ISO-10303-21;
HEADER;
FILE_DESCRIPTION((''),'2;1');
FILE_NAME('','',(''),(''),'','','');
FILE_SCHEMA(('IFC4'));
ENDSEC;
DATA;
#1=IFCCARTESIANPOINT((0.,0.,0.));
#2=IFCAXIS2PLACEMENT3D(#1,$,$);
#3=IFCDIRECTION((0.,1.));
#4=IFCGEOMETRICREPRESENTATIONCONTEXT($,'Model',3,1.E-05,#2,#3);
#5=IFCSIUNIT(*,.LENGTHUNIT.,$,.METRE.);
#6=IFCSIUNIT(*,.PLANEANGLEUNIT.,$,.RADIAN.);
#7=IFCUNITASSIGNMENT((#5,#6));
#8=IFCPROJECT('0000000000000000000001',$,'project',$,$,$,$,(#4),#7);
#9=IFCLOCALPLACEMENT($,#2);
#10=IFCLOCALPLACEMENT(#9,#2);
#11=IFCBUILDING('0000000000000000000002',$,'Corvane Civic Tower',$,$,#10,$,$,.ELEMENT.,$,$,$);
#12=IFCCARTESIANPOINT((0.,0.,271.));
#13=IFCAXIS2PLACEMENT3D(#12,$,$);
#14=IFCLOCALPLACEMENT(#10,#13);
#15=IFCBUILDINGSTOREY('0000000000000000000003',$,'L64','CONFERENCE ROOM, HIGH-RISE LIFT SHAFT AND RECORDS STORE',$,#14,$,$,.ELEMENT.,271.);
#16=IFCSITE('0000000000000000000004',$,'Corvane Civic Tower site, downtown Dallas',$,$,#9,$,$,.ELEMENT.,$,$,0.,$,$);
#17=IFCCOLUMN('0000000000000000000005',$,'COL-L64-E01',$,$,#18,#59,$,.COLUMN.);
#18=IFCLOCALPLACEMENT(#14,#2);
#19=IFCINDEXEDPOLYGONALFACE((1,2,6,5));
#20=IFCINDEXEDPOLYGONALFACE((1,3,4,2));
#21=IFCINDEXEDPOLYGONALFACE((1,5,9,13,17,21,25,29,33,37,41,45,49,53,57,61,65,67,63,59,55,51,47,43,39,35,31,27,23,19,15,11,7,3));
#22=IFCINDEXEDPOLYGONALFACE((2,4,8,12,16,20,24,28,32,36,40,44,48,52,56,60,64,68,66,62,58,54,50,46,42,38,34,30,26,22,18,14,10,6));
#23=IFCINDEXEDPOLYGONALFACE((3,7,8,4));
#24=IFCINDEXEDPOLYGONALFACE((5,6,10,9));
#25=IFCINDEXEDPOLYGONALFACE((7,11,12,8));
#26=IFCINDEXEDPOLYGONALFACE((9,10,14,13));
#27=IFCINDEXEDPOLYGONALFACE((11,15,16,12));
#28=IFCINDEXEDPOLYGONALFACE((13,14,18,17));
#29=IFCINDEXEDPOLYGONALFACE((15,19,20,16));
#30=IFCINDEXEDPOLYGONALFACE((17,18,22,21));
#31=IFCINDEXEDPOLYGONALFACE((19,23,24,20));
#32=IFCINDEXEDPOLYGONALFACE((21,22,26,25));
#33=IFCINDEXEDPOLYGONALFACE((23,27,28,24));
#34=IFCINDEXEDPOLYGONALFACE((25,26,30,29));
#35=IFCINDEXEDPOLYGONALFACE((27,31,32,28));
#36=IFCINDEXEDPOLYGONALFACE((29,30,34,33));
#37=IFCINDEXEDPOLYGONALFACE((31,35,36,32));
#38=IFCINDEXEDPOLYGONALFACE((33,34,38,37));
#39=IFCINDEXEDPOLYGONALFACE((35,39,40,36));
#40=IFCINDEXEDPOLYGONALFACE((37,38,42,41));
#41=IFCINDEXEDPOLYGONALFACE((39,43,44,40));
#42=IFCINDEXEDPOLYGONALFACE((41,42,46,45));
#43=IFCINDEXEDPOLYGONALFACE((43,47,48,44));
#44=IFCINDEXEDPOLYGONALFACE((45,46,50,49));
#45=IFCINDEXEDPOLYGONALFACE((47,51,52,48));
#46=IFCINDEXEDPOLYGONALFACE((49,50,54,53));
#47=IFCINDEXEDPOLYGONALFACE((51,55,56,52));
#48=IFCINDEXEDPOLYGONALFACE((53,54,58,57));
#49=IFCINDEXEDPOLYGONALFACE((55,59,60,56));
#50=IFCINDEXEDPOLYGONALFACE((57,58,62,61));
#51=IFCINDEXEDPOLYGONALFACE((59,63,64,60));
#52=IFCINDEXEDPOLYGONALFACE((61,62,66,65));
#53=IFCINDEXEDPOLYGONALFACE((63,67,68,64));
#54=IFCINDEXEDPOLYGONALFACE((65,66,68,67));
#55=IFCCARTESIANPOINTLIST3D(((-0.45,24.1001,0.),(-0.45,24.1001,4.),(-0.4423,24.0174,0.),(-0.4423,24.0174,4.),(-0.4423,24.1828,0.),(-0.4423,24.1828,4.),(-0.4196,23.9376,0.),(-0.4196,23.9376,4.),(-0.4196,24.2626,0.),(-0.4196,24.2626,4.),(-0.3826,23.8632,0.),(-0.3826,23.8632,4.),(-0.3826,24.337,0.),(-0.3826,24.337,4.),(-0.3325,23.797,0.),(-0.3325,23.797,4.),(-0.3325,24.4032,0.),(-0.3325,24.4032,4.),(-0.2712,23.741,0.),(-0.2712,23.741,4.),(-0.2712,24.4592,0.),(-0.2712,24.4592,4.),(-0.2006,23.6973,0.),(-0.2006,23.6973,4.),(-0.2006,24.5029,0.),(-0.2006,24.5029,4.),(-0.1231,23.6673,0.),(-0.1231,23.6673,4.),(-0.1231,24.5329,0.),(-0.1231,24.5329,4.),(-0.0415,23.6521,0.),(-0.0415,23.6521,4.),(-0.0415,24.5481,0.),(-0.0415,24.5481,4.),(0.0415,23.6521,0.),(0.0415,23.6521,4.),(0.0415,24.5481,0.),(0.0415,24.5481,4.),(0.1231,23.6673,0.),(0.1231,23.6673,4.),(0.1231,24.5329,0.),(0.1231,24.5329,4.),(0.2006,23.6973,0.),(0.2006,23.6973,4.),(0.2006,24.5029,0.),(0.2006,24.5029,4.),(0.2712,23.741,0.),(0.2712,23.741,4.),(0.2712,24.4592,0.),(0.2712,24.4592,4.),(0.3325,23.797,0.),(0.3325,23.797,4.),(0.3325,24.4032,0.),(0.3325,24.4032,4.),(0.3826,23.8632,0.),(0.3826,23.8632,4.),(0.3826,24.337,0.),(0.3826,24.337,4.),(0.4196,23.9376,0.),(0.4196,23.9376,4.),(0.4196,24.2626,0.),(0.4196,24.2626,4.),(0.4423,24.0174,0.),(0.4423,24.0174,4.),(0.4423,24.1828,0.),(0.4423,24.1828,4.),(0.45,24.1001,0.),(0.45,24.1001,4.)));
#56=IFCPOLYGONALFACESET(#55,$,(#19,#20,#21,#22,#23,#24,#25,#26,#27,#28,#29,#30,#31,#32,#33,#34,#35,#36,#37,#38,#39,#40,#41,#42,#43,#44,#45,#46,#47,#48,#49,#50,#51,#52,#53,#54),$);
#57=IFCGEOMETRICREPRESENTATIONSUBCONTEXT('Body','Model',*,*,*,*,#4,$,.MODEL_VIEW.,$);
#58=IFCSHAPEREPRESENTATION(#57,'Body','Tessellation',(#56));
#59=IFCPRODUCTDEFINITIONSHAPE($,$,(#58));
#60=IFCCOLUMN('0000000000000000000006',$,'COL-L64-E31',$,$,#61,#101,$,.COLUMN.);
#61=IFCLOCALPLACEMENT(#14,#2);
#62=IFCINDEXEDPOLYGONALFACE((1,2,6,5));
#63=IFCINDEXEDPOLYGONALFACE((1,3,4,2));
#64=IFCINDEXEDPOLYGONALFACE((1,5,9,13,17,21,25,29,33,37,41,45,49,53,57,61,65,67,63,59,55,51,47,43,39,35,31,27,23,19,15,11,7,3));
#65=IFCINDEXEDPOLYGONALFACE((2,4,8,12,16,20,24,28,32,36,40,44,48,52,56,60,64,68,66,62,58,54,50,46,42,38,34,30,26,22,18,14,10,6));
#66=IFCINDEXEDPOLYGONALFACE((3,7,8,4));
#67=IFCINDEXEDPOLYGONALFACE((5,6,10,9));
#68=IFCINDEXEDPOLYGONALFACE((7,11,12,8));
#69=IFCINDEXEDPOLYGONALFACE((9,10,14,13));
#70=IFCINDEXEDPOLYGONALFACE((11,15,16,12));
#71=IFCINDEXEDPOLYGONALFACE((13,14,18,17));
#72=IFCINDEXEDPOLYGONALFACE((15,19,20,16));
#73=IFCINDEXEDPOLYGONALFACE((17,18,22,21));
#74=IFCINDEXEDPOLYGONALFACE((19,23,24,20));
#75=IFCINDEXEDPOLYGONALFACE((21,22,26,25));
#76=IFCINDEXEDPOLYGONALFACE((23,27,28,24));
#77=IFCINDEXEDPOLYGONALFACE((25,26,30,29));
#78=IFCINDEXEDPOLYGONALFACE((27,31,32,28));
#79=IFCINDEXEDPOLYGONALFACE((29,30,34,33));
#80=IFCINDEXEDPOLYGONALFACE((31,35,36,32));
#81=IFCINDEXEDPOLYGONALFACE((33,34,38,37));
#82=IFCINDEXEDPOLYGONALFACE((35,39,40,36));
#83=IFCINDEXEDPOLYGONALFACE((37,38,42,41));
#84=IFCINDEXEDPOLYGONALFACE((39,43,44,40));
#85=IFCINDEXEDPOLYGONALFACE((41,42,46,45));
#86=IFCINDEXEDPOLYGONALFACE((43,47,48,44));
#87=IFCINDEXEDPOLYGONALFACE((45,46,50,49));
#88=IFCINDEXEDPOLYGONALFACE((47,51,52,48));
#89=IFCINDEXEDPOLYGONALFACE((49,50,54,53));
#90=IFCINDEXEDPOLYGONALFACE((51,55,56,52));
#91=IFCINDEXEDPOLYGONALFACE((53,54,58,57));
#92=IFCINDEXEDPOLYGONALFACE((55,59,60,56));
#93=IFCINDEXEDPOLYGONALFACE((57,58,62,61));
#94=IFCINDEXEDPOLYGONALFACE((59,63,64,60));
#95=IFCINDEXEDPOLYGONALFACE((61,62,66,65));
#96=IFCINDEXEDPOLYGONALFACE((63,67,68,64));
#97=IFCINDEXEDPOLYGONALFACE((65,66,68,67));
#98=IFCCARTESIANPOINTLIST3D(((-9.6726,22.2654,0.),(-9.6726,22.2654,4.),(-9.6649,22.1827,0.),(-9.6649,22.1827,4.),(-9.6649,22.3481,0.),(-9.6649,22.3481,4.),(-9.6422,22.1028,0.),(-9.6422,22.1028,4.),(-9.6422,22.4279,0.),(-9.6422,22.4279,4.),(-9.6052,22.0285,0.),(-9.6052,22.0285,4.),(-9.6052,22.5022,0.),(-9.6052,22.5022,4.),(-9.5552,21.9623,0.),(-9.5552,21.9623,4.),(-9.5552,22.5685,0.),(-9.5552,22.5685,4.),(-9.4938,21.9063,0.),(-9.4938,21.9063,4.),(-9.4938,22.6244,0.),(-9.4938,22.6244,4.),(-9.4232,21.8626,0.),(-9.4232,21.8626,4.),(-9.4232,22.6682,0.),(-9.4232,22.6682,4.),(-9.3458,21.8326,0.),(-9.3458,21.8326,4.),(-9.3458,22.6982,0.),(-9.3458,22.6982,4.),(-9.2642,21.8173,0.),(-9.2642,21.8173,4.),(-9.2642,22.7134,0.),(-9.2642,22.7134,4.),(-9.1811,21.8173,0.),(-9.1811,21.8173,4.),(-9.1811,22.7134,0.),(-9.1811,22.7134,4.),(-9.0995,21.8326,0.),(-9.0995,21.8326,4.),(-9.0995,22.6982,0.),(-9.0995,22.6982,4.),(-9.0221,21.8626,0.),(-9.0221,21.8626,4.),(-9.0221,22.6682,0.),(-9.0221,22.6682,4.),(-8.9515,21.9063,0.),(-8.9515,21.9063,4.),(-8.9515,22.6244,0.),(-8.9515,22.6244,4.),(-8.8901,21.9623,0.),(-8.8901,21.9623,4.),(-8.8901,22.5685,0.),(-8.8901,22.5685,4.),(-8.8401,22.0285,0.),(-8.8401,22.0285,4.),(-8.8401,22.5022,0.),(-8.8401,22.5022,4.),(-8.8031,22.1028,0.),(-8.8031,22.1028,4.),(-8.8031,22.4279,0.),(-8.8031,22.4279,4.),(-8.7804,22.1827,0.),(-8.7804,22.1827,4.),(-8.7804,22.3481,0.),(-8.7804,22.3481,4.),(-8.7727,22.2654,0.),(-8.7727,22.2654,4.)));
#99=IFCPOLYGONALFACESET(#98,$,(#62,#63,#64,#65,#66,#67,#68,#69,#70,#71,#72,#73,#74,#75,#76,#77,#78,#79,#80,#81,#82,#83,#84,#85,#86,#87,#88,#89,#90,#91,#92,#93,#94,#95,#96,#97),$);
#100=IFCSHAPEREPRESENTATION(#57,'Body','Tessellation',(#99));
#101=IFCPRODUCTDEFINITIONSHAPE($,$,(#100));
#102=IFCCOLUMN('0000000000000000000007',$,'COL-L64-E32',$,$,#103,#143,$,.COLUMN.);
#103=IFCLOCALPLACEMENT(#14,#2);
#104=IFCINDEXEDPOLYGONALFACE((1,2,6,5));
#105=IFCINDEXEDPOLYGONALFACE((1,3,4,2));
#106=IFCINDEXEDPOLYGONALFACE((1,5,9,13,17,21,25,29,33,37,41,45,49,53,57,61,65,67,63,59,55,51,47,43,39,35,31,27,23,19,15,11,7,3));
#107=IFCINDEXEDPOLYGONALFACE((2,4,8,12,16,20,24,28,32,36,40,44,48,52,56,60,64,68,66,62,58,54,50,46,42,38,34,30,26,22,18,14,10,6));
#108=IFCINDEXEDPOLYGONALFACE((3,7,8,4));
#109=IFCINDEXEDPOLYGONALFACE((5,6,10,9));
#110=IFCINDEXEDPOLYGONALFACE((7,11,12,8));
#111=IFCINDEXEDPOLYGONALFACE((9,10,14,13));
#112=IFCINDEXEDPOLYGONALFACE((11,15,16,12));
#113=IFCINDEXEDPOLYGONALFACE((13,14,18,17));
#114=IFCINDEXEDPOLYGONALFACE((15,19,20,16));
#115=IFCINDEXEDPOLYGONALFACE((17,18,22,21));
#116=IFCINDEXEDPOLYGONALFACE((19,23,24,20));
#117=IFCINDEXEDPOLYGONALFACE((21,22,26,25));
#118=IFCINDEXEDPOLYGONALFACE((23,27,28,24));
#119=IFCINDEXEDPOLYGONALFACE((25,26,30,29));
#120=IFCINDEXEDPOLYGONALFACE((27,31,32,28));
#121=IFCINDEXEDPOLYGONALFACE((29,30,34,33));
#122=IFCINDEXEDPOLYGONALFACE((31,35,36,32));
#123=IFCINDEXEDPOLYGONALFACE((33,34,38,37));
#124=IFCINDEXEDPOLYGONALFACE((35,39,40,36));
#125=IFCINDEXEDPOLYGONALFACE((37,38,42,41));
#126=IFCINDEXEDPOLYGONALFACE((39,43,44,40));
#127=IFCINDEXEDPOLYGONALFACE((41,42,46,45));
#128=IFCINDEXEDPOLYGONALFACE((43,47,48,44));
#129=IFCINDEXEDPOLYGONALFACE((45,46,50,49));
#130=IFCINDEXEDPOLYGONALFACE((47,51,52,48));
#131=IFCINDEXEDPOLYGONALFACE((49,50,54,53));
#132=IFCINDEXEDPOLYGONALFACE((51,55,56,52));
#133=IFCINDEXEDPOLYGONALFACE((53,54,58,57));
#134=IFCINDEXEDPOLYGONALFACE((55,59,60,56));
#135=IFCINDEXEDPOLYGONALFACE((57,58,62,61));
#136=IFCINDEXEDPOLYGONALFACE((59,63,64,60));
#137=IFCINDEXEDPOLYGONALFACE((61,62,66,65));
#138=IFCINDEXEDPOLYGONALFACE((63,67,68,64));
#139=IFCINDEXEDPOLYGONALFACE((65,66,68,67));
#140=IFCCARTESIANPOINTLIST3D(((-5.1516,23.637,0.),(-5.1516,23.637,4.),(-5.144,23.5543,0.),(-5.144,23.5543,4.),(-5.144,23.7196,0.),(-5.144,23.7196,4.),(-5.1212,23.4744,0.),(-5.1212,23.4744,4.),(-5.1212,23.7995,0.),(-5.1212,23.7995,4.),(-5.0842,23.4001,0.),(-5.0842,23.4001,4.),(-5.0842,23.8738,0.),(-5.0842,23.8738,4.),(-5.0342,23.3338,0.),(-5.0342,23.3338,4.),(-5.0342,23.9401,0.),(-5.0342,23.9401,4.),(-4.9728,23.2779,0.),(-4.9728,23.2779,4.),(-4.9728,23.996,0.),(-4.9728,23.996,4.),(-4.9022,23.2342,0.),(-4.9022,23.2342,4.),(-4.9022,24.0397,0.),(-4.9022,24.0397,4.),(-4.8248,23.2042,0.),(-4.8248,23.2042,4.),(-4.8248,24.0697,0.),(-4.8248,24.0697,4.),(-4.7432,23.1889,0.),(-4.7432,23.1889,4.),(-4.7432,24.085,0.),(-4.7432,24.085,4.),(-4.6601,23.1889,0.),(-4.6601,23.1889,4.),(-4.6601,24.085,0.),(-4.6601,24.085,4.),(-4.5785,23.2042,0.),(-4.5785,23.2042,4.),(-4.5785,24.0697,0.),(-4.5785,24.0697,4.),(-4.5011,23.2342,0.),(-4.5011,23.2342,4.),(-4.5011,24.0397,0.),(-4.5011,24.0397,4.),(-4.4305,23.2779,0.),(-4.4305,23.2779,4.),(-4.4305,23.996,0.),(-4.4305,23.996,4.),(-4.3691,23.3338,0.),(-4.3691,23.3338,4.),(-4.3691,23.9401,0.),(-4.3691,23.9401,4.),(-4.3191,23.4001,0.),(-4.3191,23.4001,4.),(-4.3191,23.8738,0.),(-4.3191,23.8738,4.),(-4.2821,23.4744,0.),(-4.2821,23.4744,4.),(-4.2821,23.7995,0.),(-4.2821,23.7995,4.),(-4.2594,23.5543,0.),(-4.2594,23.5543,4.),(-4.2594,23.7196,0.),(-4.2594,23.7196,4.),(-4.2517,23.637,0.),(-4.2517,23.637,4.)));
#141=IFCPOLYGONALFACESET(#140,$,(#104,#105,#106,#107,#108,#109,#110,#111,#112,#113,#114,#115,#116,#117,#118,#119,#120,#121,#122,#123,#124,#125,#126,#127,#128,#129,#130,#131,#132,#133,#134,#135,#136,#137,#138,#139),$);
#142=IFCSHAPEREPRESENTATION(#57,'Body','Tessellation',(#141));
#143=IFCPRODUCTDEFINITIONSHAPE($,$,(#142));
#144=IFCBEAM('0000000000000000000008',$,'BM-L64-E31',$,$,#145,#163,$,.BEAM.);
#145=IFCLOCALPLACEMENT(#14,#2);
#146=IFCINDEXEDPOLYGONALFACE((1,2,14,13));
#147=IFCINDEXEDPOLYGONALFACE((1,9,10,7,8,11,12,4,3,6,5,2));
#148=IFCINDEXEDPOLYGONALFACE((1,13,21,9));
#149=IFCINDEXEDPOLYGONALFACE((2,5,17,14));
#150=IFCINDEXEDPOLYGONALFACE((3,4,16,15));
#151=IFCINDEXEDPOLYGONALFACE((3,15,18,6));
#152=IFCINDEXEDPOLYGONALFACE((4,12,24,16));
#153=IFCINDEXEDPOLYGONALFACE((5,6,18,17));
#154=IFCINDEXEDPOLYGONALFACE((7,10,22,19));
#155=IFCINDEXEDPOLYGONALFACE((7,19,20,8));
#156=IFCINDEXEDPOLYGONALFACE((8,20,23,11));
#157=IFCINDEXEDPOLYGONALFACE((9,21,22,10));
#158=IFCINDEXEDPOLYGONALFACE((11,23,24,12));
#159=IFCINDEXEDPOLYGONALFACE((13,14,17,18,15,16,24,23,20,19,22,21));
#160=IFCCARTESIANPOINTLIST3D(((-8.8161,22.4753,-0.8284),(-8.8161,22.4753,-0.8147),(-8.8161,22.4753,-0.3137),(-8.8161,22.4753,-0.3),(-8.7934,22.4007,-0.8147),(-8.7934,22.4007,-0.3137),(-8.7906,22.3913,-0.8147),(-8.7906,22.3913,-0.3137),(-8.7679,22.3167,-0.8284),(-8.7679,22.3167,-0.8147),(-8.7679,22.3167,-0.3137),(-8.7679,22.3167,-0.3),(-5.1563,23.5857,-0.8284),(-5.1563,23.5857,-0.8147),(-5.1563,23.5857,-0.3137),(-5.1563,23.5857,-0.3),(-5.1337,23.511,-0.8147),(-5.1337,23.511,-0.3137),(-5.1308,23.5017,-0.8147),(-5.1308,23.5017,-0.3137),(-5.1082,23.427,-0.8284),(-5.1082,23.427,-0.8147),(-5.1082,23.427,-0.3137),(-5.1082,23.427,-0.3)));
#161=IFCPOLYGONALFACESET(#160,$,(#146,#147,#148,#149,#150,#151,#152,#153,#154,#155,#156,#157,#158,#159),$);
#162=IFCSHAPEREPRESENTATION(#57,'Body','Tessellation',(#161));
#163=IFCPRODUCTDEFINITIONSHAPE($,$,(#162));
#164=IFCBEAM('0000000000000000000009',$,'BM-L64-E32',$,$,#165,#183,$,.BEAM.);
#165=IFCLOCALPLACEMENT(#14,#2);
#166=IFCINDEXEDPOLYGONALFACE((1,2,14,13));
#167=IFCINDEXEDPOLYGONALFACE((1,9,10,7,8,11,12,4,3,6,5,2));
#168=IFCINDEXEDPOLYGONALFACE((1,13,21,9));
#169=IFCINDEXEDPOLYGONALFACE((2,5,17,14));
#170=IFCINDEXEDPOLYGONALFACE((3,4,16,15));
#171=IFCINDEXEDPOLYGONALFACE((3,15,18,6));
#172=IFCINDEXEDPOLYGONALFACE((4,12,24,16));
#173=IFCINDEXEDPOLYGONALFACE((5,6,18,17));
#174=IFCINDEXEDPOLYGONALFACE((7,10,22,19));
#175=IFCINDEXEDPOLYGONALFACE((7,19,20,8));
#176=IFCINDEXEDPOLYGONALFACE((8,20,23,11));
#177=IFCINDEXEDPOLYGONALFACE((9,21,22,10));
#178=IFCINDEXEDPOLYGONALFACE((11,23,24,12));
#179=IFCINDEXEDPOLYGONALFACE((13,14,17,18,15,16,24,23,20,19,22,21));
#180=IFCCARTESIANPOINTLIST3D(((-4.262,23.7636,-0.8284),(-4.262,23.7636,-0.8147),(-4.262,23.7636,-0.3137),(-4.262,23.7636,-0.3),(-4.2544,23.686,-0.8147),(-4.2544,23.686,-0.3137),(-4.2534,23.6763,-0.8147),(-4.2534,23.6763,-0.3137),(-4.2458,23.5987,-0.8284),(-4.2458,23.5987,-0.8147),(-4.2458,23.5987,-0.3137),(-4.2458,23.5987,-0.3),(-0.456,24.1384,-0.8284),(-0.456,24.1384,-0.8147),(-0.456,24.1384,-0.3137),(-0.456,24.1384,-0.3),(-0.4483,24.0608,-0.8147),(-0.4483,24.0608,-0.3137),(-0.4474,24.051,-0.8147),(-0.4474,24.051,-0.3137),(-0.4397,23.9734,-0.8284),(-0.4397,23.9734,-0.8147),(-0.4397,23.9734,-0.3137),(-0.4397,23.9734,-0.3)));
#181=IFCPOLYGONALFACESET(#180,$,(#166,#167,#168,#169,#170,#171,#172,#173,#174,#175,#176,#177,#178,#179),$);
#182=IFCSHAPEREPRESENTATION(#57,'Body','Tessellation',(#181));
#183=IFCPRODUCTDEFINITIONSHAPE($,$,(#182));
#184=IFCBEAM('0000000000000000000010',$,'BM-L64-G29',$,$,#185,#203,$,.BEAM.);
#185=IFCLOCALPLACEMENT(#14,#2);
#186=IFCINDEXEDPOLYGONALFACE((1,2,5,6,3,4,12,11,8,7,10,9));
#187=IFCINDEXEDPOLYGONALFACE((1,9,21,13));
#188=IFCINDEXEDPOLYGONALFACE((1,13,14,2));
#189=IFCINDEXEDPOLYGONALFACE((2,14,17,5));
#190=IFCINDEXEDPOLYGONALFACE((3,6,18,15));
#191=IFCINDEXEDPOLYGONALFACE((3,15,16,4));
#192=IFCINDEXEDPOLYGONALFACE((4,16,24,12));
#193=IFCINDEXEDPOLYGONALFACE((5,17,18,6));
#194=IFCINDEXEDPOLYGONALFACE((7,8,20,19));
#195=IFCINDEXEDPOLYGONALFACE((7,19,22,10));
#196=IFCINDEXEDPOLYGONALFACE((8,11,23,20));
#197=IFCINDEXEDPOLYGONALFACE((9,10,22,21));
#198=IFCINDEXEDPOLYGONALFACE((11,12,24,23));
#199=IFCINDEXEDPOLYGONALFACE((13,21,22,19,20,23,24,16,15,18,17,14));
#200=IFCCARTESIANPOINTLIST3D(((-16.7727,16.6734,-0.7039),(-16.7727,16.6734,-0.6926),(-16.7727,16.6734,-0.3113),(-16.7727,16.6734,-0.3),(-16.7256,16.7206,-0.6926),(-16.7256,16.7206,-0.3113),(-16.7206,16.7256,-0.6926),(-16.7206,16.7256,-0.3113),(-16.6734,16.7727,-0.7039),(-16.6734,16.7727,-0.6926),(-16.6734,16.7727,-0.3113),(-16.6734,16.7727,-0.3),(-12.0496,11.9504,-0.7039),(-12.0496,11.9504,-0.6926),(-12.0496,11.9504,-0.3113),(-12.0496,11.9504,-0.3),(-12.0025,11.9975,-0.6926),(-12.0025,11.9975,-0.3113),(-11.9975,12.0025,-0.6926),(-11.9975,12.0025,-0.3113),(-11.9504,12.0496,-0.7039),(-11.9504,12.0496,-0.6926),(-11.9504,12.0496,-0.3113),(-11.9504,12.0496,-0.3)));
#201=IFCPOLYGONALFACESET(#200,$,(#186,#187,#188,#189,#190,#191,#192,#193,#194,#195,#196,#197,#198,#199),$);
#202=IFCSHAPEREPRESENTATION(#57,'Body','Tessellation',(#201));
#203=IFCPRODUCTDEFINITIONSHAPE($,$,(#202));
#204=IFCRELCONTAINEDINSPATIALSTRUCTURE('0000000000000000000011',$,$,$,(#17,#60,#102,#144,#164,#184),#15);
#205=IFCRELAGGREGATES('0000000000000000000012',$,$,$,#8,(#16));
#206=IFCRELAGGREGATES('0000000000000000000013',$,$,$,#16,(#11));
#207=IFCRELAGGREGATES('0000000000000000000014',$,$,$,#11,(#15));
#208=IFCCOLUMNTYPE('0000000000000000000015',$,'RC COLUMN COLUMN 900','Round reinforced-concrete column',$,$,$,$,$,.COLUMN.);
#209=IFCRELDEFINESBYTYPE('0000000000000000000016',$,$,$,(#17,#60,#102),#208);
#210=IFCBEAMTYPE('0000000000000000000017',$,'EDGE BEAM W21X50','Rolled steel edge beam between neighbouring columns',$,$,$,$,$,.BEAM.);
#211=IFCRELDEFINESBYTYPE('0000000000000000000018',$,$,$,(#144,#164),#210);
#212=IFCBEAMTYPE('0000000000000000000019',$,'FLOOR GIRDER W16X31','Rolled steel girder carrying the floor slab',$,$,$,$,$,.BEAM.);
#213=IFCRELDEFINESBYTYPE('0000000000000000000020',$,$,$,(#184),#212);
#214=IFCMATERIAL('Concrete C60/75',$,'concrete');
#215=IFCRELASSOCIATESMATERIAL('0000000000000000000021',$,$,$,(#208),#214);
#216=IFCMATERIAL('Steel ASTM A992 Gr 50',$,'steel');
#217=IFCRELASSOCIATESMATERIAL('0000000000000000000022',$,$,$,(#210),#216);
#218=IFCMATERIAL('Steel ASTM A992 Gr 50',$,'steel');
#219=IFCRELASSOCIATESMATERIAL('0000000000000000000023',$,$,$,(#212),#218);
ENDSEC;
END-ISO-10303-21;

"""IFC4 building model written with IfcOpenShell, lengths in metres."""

from ifc_helpers import new_model, si_unit, direction, frame, origin, origin_2d, place, context, subcontext, project, spatial, circle, i_section, extrude, material, material_profile, profile_set, type_object, element, save


model = new_model("IFC4")

# Units and contexts
model_context = context("Model", 3, precision=1e-05, world=origin(), true_north=direction((0.0, 1.0)))
body_context = subcontext(model_context, "Body", "Model", "MODEL_VIEW")
ifc_project = project(units=[si_unit("LENGTHUNIT", "METRE"), si_unit("PLANEANGLEUNIT", "RADIAN")], contexts=[model_context])

# Site, building, storey
site_placement = place(None, origin())
site = spatial("IfcSite", under=ifc_project, at=site_placement, Name="Corvane Civic Tower site, downtown Dallas", CompositionType="ELEMENT", RefElevation=0.0)
building_placement = place(site_placement, origin())
building = spatial("IfcBuilding", under=site, at=building_placement, Name="Corvane Civic Tower", CompositionType="ELEMENT")
storey_placement = place(building_placement, frame((0.0, 0.0, 271.0)))
storey = spatial("IfcBuildingStorey", under=building, at=storey_placement, Name="L64", Description="CONFERENCE ROOM, HIGH-RISE LIFT SHAFT AND RECORDS STORE", CompositionType="ELEMENT", Elevation=271.0)

# Columns
ifc_material_1 = material(Name="Concrete C60/75", Category="concrete")
ifc_material_profile_1 = material_profile(ifc_material_1, circle(Radius=0.45, at=origin_2d()), Name="COLUMN 900")
ifc_profile_set_1 = profile_set([ifc_material_profile_1], Name="Concrete C60/75")
column_type = type_object("IfcColumnType", Name="RC COLUMN COLUMN 900", Description="Round reinforced-concrete column", PredefinedType="COLUMN", material=ifc_profile_set_1)
for number, where, z_axis, x_axis, name in (
    (1, (0.0, 24.1001, 0.0), (0.0, 0.0, 1.0), (1.0, 0.0, 0.0), "COL-L64-E01"),
    (2, (-9.2227, 22.2654, 0.0), (0.0, 0.0, 1.0), (1.0, 0.0, 0.0), "COL-L64-E31"),
    (3, (-4.7017, 23.637, 0.0), (0.0, 0.0, 1.0), (1.0, 0.0, 0.0), "COL-L64-E32"),
):
    element("IfcColumn", number, at=place(storey_placement, frame(where, z_axis=z_axis, x_axis=x_axis)), inside=storey, type_object=column_type, Name=name, PredefinedType="COLUMN", context=body_context, shape_type="SweptSolid", body=[
        extrude(circle(Radius=0.45, at=origin_2d()), origin(), (0.0, 0.0, 1.0), 4.0),
    ])

# Beams
ifc_material_2 = material(Name="Steel ASTM A992 Gr 50", Category="steel")
ifc_material_profile_2 = material_profile(ifc_material_2, i_section(OverallWidth=0.1658, OverallDepth=0.5283, WebThickness=0.0098, FlangeThickness=0.0137, at=origin_2d()), Name="W21X50")
ifc_profile_set_2 = profile_set([ifc_material_profile_2], Name="Steel ASTM A992 Gr 50")
beam_type_1 = type_object("IfcBeamType", Name="EDGE BEAM W21X50", Description="Rolled steel edge beam between neighbouring columns", PredefinedType="BEAM", material=ifc_profile_set_2)
for number, where, z_axis, x_axis, name in (
    (4, (-8.792, 22.396, -0.5642), (0.956926, 0.290333, 0.0), (-0.290333, 0.956926, 0.0), "BM-L64-E31"),
    (5, (-4.2539, 23.6812, -0.5642), (0.995188, 0.097987, 0.0), (-0.097987, 0.995188, 0.0), "BM-L64-E32"),
):
    element("IfcBeam", number, at=place(storey_placement, frame(where, z_axis=z_axis, x_axis=x_axis)), inside=storey, type_object=beam_type_1, Name=name, PredefinedType="BEAM", context=body_context, shape_type="SweptSolid", body=[
        extrude(i_section(OverallWidth=0.1658, OverallDepth=0.5283, WebThickness=0.0098, FlangeThickness=0.0137, at=origin_2d()), origin(), (0.0, 0.0, 1.0), 3.8245),
    ])
ifc_material_3 = material(Name="Steel ASTM A992 Gr 50", Category="steel")
ifc_material_profile_3 = material_profile(ifc_material_3, i_section(OverallWidth=0.1404, OverallDepth=0.4038, WebThickness=0.0071, FlangeThickness=0.0112, at=origin_2d()), Name="W16X31")
ifc_profile_set_3 = profile_set([ifc_material_profile_3], Name="Steel ASTM A992 Gr 50")
beam_type_2 = type_object("IfcBeamType", Name="FLOOR GIRDER W16X31", Description="Rolled steel girder carrying the floor slab", PredefinedType="BEAM", material=ifc_profile_set_3)
beam_1_placement = place(storey_placement, frame((-12.0, 12.0, -0.502), z_axis=(-0.707107, 0.707107, 0.0), x_axis=(-0.707107, -0.707107, 0.0)))
element("IfcBeam", 6, at=beam_1_placement, inside=storey, type_object=beam_type_2, Name="BM-L64-G29", PredefinedType="BEAM", context=body_context, shape_type="SweptSolid", body=[
    extrude(i_section(OverallWidth=0.1404, OverallDepth=0.4038, WebThickness=0.0071, FlangeThickness=0.0112, at=origin_2d()), origin(), (0.0, 0.0, 1.0), 6.6794),
])

save(model, "model.ifc")
